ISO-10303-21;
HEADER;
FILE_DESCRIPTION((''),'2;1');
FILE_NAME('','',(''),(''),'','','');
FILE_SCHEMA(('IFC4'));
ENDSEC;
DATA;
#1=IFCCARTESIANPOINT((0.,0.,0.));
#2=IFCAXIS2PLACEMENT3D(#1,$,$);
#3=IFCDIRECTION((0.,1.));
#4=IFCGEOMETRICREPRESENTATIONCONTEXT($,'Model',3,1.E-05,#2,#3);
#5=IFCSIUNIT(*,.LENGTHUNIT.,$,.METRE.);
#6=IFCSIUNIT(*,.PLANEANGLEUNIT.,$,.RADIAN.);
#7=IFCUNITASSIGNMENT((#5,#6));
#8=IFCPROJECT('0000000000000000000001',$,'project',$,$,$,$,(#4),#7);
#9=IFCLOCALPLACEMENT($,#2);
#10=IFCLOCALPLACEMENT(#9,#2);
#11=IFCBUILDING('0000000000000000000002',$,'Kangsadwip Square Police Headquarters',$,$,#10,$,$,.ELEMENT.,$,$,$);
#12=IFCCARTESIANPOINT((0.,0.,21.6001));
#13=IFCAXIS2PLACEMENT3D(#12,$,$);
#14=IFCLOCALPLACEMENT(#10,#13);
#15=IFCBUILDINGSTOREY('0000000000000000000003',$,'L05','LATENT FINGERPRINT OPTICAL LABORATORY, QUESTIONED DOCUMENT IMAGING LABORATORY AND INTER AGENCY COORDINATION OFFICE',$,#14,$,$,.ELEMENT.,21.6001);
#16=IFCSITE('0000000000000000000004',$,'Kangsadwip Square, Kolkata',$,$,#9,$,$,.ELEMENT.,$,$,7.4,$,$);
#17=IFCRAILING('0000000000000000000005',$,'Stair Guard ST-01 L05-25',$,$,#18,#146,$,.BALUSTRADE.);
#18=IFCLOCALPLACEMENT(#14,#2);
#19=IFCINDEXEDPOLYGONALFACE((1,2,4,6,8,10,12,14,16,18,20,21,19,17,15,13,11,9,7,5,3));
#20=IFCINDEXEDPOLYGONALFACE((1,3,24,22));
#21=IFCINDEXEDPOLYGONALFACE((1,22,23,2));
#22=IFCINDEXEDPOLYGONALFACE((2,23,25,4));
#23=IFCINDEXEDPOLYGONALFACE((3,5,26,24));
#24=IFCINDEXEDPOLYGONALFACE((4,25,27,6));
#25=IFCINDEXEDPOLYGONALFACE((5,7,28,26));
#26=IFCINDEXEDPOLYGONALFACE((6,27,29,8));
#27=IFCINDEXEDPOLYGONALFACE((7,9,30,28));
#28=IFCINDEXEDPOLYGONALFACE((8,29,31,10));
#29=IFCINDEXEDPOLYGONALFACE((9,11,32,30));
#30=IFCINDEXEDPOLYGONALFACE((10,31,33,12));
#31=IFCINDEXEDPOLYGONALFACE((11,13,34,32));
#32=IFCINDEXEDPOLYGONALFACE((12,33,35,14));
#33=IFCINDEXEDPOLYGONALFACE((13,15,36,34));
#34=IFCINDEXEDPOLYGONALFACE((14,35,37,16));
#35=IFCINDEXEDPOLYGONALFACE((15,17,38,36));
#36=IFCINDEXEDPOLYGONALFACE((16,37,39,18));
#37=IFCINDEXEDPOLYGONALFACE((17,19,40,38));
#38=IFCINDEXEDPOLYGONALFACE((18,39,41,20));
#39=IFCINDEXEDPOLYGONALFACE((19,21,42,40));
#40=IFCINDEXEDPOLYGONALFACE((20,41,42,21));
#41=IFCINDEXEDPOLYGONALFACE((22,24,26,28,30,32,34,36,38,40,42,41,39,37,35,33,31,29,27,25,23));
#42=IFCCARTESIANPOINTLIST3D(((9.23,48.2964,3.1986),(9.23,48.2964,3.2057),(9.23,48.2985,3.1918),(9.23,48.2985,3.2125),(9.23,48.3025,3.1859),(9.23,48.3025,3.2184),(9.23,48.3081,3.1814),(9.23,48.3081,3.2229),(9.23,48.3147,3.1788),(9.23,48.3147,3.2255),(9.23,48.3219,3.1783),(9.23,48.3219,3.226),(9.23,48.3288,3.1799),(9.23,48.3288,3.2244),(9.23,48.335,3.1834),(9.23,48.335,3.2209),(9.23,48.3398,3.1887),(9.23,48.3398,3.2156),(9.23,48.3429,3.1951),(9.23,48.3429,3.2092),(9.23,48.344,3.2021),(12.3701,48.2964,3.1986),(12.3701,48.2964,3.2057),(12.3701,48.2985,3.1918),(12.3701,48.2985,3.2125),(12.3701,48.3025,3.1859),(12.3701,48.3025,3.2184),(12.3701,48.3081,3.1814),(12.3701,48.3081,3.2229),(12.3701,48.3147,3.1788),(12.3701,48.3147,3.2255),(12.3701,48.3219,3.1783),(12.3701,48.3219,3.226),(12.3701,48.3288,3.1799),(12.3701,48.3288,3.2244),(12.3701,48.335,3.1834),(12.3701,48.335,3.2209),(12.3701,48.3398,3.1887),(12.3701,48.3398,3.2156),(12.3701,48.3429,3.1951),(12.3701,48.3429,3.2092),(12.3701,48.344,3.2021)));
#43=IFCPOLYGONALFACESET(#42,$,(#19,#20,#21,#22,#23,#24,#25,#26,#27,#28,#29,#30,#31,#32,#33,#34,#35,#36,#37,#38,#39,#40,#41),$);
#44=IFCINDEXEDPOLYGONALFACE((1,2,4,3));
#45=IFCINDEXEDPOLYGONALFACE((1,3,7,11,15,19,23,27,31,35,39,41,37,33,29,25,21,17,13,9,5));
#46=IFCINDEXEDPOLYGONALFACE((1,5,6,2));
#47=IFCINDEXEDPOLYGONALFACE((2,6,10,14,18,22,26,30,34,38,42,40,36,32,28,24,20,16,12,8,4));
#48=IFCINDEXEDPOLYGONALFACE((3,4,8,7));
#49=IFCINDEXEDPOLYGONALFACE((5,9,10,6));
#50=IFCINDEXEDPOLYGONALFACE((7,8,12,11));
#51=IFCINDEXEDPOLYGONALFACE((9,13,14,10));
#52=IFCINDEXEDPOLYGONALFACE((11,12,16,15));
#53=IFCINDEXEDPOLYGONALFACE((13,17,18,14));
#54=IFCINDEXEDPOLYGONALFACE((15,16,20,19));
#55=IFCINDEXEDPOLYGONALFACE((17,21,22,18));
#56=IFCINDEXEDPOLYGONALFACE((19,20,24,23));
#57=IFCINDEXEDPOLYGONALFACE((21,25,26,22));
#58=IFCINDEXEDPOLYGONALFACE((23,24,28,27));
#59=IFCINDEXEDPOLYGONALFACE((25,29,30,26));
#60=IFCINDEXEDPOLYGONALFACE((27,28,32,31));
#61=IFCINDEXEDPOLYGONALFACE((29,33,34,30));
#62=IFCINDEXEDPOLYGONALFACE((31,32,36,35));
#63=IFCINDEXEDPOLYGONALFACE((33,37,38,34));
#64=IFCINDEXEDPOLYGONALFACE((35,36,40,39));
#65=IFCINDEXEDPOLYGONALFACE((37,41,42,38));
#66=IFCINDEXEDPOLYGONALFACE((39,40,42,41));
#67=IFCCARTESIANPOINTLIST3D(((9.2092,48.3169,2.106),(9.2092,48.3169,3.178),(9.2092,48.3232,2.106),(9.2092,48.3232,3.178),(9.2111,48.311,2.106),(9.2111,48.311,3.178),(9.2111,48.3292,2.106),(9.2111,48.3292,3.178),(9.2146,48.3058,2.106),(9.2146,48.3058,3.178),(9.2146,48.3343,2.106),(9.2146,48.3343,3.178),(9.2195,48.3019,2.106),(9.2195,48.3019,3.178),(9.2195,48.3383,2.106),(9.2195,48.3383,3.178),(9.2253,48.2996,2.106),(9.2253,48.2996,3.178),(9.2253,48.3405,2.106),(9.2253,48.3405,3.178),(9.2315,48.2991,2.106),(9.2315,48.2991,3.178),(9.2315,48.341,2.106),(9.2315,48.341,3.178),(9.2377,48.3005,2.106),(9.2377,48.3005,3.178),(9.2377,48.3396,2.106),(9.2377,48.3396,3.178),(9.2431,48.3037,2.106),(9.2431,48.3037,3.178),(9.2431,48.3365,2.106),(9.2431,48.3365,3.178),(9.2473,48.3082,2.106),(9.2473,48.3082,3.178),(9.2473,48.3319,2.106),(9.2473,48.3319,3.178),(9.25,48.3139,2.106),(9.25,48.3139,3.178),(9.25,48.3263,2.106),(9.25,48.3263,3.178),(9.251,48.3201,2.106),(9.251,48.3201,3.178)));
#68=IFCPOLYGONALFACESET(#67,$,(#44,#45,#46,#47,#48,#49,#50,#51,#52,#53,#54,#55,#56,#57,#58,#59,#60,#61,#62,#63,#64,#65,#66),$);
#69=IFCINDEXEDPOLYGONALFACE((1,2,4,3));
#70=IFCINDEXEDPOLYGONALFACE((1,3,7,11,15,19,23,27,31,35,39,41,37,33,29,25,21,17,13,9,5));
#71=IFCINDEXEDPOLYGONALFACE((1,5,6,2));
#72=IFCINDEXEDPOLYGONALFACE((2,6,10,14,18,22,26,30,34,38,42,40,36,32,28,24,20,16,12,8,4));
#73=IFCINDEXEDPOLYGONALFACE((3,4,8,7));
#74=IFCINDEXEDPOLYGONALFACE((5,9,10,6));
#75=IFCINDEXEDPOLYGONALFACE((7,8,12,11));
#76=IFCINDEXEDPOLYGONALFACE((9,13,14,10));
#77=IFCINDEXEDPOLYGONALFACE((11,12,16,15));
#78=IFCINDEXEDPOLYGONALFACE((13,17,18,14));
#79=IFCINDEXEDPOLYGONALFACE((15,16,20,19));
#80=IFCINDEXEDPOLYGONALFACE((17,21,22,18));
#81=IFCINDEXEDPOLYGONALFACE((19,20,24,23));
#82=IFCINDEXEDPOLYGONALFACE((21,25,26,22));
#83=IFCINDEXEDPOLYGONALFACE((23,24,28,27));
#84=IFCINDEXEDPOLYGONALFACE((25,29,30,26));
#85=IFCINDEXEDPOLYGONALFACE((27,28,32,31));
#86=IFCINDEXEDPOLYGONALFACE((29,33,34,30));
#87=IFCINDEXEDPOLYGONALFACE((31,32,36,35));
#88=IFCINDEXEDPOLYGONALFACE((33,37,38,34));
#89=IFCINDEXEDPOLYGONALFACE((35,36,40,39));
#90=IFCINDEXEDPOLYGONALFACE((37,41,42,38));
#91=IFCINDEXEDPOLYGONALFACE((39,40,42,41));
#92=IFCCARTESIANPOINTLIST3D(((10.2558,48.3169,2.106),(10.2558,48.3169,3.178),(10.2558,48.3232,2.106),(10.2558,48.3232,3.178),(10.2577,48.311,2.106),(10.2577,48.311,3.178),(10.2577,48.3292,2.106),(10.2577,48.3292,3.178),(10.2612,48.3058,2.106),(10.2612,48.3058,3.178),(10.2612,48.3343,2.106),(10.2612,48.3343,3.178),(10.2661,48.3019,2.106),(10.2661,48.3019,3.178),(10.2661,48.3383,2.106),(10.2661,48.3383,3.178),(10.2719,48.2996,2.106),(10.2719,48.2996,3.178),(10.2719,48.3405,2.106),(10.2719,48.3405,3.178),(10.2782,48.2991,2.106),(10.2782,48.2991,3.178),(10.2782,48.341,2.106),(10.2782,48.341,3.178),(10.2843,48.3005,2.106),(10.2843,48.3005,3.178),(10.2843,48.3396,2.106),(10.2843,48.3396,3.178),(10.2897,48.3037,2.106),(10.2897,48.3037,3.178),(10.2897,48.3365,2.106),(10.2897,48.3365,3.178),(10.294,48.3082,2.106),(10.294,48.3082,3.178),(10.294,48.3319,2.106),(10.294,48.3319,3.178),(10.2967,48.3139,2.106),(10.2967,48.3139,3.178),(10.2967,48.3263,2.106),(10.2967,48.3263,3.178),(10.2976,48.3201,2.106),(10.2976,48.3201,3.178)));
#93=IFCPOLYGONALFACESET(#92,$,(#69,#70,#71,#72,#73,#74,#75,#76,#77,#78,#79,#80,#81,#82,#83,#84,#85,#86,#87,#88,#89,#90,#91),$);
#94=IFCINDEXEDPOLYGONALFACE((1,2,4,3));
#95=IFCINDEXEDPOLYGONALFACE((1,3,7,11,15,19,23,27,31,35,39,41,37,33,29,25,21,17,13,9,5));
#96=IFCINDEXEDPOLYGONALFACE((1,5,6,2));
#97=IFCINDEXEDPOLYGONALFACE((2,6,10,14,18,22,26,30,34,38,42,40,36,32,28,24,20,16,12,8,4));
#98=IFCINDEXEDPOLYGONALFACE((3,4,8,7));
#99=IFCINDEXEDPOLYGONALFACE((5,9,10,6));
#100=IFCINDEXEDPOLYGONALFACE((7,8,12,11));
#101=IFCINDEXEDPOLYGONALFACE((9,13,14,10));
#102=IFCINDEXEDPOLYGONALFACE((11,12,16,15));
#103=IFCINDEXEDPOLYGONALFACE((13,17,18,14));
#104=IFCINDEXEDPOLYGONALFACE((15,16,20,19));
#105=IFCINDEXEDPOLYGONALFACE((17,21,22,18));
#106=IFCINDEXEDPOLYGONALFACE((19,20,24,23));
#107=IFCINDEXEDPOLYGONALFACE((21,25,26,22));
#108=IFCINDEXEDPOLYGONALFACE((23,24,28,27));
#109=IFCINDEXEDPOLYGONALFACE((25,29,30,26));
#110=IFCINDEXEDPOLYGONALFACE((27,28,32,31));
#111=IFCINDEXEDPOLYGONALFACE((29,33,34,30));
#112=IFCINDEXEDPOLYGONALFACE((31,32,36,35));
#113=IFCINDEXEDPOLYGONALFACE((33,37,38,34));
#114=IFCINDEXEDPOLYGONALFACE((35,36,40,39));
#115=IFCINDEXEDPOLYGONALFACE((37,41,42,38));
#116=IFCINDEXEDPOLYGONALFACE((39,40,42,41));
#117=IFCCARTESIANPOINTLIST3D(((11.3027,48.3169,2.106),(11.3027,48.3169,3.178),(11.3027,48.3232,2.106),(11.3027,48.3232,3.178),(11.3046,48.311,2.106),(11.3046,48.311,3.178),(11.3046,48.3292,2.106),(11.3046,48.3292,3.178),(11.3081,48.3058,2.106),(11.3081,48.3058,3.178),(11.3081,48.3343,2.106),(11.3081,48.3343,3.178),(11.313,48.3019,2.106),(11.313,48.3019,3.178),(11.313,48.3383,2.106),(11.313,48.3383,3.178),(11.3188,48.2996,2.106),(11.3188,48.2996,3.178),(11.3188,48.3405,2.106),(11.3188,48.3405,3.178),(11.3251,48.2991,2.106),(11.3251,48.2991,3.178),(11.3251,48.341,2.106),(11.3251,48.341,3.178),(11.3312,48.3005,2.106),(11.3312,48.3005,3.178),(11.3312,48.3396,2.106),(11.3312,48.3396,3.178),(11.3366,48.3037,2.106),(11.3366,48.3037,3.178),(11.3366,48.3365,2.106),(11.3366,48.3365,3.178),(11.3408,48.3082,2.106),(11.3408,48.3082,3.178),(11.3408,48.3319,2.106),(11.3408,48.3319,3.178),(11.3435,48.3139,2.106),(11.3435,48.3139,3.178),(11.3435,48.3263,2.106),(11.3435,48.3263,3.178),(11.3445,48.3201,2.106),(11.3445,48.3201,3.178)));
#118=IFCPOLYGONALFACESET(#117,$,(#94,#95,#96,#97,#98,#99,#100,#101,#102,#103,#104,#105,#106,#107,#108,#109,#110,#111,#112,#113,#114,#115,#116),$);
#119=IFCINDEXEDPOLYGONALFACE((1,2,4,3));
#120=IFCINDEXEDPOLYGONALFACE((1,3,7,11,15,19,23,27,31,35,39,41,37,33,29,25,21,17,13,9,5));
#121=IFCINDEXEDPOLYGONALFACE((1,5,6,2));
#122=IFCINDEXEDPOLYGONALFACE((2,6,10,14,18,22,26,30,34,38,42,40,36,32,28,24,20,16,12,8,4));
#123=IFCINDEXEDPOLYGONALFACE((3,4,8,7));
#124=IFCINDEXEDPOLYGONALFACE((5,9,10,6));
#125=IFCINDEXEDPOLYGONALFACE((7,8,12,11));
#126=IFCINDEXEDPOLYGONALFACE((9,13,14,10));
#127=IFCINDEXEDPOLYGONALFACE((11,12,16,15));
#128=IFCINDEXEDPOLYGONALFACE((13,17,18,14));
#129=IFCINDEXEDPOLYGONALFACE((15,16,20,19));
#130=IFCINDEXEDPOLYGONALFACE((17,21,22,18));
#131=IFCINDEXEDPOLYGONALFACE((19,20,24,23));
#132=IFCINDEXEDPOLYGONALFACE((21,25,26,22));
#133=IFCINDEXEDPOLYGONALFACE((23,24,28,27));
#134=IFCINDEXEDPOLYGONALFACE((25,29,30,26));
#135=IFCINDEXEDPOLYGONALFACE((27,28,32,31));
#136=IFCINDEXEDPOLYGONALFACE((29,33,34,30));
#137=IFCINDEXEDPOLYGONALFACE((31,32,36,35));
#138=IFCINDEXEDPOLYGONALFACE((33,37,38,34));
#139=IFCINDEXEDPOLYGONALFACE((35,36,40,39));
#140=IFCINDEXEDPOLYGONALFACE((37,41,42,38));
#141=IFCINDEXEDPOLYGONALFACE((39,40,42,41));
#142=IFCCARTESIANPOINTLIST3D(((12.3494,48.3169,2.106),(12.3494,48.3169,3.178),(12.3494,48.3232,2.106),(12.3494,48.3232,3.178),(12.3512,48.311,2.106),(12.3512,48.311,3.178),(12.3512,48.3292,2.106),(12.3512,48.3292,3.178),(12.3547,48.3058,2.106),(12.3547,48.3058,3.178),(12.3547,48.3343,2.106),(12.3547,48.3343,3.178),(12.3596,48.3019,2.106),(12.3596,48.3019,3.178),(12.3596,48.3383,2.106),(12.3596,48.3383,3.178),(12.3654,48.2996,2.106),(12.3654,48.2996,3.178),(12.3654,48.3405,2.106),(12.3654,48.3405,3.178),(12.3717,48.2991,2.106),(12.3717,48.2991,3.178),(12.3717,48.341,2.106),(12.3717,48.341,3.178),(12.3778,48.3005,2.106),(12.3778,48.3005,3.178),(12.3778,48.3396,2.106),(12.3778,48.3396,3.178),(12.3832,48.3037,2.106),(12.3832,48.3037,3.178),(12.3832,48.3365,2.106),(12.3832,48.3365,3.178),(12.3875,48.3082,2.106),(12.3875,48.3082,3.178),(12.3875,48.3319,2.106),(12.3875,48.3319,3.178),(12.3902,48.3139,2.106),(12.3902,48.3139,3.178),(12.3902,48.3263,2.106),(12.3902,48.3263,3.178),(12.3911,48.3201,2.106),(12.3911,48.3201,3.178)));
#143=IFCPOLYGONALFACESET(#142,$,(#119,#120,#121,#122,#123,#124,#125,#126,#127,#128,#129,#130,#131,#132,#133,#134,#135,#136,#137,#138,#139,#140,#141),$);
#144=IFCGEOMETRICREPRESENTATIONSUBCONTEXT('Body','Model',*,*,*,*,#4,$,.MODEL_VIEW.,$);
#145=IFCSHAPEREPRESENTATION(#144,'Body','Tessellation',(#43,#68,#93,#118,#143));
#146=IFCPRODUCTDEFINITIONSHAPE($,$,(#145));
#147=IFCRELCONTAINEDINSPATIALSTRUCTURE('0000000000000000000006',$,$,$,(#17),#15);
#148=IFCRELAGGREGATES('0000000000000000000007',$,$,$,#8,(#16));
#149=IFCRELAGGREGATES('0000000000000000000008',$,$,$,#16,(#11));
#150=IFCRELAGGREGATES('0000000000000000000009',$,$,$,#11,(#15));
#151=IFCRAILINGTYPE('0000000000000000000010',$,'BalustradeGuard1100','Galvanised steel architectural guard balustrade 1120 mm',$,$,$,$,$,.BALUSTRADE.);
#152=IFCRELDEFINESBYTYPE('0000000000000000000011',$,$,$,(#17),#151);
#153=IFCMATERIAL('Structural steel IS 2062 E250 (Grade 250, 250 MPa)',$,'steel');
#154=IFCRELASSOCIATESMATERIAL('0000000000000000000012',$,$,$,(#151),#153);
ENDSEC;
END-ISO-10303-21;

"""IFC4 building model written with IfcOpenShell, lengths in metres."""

from ifc_helpers import new_model, si_unit, direction, frame, origin, origin_2d, place, context, subcontext, project, spatial, circle, extrude, material, type_object, element, save


model = new_model("IFC4")

# Units and contexts
model_context = context("Model", 3, precision=1e-05, world=origin(), true_north=direction((0.0, 1.0)))
body_context = subcontext(model_context, "Body", "Model", "MODEL_VIEW")
ifc_project = project(units=[si_unit("LENGTHUNIT", "METRE"), si_unit("PLANEANGLEUNIT", "RADIAN")], contexts=[model_context])

# Site, building, storey
site_placement = place(None, origin())
site = spatial("IfcSite", under=ifc_project, at=site_placement, Name="Kangsadwip Square, Kolkata", CompositionType="ELEMENT", RefElevation=7.4)
building_placement = place(site_placement, origin())
building = spatial("IfcBuilding", under=site, at=building_placement, Name="Kangsadwip Square Police Headquarters", CompositionType="ELEMENT")
storey_placement = place(building_placement, frame((0.0, 0.0, 21.6001)))
storey = spatial("IfcBuildingStorey", under=building, at=storey_placement, Name="L05", Description="LATENT FINGERPRINT OPTICAL LABORATORY, QUESTIONED DOCUMENT IMAGING LABORATORY AND INTER AGENCY COORDINATION OFFICE", CompositionType="ELEMENT", Elevation=21.6001)

# Railing
ifc_material_1 = material(Name="Structural steel IS 2062 E250 (Grade 250, 250 MPa)", Category="steel")
railing_type_1 = type_object("IfcRailingType", Name="BalustradeGuard1100", Description="Galvanised steel architectural guard balustrade 1120 mm", PredefinedType="BALUSTRADE", material=ifc_material_1)
for number, where, name in (
    (1, (9.23, 48.3201, 2.106), "Stair Guard ST-01 L05-25"),
):
    element("IfcRailing", number, at=place(storey_placement, frame(where)), inside=storey, type_object=railing_type_1, Name=name, PredefinedType="BALUSTRADE", context=body_context, shape_type="SweptSolid", body=[
        extrude(circle(Radius=0.0239, at=origin_2d()), frame((0.0, 0.0, 1.0962), z_axis=(1.0, 0.0, 0.0), x_axis=(0.0, 1.0, 0.0)), (0.0, 0.0, 1.0), 3.1401),
        extrude(circle(Radius=0.021, at=origin_2d()), origin(), (0.0, 0.0, 1.0), 1.072),
        extrude(circle(Radius=0.021, at=origin_2d()), frame((1.0466, 0.0, 0.0)), (0.0, 0.0, 1.0), 1.072),
        extrude(circle(Radius=0.021, at=origin_2d()), frame((2.0935, 0.0, 0.0)), (0.0, 0.0, 1.0), 1.072),
        extrude(circle(Radius=0.021, at=origin_2d()), frame((3.1401, 0.0, 0.0)), (0.0, 0.0, 1.0), 1.072),
    ])

save(model, "model.ifc")
